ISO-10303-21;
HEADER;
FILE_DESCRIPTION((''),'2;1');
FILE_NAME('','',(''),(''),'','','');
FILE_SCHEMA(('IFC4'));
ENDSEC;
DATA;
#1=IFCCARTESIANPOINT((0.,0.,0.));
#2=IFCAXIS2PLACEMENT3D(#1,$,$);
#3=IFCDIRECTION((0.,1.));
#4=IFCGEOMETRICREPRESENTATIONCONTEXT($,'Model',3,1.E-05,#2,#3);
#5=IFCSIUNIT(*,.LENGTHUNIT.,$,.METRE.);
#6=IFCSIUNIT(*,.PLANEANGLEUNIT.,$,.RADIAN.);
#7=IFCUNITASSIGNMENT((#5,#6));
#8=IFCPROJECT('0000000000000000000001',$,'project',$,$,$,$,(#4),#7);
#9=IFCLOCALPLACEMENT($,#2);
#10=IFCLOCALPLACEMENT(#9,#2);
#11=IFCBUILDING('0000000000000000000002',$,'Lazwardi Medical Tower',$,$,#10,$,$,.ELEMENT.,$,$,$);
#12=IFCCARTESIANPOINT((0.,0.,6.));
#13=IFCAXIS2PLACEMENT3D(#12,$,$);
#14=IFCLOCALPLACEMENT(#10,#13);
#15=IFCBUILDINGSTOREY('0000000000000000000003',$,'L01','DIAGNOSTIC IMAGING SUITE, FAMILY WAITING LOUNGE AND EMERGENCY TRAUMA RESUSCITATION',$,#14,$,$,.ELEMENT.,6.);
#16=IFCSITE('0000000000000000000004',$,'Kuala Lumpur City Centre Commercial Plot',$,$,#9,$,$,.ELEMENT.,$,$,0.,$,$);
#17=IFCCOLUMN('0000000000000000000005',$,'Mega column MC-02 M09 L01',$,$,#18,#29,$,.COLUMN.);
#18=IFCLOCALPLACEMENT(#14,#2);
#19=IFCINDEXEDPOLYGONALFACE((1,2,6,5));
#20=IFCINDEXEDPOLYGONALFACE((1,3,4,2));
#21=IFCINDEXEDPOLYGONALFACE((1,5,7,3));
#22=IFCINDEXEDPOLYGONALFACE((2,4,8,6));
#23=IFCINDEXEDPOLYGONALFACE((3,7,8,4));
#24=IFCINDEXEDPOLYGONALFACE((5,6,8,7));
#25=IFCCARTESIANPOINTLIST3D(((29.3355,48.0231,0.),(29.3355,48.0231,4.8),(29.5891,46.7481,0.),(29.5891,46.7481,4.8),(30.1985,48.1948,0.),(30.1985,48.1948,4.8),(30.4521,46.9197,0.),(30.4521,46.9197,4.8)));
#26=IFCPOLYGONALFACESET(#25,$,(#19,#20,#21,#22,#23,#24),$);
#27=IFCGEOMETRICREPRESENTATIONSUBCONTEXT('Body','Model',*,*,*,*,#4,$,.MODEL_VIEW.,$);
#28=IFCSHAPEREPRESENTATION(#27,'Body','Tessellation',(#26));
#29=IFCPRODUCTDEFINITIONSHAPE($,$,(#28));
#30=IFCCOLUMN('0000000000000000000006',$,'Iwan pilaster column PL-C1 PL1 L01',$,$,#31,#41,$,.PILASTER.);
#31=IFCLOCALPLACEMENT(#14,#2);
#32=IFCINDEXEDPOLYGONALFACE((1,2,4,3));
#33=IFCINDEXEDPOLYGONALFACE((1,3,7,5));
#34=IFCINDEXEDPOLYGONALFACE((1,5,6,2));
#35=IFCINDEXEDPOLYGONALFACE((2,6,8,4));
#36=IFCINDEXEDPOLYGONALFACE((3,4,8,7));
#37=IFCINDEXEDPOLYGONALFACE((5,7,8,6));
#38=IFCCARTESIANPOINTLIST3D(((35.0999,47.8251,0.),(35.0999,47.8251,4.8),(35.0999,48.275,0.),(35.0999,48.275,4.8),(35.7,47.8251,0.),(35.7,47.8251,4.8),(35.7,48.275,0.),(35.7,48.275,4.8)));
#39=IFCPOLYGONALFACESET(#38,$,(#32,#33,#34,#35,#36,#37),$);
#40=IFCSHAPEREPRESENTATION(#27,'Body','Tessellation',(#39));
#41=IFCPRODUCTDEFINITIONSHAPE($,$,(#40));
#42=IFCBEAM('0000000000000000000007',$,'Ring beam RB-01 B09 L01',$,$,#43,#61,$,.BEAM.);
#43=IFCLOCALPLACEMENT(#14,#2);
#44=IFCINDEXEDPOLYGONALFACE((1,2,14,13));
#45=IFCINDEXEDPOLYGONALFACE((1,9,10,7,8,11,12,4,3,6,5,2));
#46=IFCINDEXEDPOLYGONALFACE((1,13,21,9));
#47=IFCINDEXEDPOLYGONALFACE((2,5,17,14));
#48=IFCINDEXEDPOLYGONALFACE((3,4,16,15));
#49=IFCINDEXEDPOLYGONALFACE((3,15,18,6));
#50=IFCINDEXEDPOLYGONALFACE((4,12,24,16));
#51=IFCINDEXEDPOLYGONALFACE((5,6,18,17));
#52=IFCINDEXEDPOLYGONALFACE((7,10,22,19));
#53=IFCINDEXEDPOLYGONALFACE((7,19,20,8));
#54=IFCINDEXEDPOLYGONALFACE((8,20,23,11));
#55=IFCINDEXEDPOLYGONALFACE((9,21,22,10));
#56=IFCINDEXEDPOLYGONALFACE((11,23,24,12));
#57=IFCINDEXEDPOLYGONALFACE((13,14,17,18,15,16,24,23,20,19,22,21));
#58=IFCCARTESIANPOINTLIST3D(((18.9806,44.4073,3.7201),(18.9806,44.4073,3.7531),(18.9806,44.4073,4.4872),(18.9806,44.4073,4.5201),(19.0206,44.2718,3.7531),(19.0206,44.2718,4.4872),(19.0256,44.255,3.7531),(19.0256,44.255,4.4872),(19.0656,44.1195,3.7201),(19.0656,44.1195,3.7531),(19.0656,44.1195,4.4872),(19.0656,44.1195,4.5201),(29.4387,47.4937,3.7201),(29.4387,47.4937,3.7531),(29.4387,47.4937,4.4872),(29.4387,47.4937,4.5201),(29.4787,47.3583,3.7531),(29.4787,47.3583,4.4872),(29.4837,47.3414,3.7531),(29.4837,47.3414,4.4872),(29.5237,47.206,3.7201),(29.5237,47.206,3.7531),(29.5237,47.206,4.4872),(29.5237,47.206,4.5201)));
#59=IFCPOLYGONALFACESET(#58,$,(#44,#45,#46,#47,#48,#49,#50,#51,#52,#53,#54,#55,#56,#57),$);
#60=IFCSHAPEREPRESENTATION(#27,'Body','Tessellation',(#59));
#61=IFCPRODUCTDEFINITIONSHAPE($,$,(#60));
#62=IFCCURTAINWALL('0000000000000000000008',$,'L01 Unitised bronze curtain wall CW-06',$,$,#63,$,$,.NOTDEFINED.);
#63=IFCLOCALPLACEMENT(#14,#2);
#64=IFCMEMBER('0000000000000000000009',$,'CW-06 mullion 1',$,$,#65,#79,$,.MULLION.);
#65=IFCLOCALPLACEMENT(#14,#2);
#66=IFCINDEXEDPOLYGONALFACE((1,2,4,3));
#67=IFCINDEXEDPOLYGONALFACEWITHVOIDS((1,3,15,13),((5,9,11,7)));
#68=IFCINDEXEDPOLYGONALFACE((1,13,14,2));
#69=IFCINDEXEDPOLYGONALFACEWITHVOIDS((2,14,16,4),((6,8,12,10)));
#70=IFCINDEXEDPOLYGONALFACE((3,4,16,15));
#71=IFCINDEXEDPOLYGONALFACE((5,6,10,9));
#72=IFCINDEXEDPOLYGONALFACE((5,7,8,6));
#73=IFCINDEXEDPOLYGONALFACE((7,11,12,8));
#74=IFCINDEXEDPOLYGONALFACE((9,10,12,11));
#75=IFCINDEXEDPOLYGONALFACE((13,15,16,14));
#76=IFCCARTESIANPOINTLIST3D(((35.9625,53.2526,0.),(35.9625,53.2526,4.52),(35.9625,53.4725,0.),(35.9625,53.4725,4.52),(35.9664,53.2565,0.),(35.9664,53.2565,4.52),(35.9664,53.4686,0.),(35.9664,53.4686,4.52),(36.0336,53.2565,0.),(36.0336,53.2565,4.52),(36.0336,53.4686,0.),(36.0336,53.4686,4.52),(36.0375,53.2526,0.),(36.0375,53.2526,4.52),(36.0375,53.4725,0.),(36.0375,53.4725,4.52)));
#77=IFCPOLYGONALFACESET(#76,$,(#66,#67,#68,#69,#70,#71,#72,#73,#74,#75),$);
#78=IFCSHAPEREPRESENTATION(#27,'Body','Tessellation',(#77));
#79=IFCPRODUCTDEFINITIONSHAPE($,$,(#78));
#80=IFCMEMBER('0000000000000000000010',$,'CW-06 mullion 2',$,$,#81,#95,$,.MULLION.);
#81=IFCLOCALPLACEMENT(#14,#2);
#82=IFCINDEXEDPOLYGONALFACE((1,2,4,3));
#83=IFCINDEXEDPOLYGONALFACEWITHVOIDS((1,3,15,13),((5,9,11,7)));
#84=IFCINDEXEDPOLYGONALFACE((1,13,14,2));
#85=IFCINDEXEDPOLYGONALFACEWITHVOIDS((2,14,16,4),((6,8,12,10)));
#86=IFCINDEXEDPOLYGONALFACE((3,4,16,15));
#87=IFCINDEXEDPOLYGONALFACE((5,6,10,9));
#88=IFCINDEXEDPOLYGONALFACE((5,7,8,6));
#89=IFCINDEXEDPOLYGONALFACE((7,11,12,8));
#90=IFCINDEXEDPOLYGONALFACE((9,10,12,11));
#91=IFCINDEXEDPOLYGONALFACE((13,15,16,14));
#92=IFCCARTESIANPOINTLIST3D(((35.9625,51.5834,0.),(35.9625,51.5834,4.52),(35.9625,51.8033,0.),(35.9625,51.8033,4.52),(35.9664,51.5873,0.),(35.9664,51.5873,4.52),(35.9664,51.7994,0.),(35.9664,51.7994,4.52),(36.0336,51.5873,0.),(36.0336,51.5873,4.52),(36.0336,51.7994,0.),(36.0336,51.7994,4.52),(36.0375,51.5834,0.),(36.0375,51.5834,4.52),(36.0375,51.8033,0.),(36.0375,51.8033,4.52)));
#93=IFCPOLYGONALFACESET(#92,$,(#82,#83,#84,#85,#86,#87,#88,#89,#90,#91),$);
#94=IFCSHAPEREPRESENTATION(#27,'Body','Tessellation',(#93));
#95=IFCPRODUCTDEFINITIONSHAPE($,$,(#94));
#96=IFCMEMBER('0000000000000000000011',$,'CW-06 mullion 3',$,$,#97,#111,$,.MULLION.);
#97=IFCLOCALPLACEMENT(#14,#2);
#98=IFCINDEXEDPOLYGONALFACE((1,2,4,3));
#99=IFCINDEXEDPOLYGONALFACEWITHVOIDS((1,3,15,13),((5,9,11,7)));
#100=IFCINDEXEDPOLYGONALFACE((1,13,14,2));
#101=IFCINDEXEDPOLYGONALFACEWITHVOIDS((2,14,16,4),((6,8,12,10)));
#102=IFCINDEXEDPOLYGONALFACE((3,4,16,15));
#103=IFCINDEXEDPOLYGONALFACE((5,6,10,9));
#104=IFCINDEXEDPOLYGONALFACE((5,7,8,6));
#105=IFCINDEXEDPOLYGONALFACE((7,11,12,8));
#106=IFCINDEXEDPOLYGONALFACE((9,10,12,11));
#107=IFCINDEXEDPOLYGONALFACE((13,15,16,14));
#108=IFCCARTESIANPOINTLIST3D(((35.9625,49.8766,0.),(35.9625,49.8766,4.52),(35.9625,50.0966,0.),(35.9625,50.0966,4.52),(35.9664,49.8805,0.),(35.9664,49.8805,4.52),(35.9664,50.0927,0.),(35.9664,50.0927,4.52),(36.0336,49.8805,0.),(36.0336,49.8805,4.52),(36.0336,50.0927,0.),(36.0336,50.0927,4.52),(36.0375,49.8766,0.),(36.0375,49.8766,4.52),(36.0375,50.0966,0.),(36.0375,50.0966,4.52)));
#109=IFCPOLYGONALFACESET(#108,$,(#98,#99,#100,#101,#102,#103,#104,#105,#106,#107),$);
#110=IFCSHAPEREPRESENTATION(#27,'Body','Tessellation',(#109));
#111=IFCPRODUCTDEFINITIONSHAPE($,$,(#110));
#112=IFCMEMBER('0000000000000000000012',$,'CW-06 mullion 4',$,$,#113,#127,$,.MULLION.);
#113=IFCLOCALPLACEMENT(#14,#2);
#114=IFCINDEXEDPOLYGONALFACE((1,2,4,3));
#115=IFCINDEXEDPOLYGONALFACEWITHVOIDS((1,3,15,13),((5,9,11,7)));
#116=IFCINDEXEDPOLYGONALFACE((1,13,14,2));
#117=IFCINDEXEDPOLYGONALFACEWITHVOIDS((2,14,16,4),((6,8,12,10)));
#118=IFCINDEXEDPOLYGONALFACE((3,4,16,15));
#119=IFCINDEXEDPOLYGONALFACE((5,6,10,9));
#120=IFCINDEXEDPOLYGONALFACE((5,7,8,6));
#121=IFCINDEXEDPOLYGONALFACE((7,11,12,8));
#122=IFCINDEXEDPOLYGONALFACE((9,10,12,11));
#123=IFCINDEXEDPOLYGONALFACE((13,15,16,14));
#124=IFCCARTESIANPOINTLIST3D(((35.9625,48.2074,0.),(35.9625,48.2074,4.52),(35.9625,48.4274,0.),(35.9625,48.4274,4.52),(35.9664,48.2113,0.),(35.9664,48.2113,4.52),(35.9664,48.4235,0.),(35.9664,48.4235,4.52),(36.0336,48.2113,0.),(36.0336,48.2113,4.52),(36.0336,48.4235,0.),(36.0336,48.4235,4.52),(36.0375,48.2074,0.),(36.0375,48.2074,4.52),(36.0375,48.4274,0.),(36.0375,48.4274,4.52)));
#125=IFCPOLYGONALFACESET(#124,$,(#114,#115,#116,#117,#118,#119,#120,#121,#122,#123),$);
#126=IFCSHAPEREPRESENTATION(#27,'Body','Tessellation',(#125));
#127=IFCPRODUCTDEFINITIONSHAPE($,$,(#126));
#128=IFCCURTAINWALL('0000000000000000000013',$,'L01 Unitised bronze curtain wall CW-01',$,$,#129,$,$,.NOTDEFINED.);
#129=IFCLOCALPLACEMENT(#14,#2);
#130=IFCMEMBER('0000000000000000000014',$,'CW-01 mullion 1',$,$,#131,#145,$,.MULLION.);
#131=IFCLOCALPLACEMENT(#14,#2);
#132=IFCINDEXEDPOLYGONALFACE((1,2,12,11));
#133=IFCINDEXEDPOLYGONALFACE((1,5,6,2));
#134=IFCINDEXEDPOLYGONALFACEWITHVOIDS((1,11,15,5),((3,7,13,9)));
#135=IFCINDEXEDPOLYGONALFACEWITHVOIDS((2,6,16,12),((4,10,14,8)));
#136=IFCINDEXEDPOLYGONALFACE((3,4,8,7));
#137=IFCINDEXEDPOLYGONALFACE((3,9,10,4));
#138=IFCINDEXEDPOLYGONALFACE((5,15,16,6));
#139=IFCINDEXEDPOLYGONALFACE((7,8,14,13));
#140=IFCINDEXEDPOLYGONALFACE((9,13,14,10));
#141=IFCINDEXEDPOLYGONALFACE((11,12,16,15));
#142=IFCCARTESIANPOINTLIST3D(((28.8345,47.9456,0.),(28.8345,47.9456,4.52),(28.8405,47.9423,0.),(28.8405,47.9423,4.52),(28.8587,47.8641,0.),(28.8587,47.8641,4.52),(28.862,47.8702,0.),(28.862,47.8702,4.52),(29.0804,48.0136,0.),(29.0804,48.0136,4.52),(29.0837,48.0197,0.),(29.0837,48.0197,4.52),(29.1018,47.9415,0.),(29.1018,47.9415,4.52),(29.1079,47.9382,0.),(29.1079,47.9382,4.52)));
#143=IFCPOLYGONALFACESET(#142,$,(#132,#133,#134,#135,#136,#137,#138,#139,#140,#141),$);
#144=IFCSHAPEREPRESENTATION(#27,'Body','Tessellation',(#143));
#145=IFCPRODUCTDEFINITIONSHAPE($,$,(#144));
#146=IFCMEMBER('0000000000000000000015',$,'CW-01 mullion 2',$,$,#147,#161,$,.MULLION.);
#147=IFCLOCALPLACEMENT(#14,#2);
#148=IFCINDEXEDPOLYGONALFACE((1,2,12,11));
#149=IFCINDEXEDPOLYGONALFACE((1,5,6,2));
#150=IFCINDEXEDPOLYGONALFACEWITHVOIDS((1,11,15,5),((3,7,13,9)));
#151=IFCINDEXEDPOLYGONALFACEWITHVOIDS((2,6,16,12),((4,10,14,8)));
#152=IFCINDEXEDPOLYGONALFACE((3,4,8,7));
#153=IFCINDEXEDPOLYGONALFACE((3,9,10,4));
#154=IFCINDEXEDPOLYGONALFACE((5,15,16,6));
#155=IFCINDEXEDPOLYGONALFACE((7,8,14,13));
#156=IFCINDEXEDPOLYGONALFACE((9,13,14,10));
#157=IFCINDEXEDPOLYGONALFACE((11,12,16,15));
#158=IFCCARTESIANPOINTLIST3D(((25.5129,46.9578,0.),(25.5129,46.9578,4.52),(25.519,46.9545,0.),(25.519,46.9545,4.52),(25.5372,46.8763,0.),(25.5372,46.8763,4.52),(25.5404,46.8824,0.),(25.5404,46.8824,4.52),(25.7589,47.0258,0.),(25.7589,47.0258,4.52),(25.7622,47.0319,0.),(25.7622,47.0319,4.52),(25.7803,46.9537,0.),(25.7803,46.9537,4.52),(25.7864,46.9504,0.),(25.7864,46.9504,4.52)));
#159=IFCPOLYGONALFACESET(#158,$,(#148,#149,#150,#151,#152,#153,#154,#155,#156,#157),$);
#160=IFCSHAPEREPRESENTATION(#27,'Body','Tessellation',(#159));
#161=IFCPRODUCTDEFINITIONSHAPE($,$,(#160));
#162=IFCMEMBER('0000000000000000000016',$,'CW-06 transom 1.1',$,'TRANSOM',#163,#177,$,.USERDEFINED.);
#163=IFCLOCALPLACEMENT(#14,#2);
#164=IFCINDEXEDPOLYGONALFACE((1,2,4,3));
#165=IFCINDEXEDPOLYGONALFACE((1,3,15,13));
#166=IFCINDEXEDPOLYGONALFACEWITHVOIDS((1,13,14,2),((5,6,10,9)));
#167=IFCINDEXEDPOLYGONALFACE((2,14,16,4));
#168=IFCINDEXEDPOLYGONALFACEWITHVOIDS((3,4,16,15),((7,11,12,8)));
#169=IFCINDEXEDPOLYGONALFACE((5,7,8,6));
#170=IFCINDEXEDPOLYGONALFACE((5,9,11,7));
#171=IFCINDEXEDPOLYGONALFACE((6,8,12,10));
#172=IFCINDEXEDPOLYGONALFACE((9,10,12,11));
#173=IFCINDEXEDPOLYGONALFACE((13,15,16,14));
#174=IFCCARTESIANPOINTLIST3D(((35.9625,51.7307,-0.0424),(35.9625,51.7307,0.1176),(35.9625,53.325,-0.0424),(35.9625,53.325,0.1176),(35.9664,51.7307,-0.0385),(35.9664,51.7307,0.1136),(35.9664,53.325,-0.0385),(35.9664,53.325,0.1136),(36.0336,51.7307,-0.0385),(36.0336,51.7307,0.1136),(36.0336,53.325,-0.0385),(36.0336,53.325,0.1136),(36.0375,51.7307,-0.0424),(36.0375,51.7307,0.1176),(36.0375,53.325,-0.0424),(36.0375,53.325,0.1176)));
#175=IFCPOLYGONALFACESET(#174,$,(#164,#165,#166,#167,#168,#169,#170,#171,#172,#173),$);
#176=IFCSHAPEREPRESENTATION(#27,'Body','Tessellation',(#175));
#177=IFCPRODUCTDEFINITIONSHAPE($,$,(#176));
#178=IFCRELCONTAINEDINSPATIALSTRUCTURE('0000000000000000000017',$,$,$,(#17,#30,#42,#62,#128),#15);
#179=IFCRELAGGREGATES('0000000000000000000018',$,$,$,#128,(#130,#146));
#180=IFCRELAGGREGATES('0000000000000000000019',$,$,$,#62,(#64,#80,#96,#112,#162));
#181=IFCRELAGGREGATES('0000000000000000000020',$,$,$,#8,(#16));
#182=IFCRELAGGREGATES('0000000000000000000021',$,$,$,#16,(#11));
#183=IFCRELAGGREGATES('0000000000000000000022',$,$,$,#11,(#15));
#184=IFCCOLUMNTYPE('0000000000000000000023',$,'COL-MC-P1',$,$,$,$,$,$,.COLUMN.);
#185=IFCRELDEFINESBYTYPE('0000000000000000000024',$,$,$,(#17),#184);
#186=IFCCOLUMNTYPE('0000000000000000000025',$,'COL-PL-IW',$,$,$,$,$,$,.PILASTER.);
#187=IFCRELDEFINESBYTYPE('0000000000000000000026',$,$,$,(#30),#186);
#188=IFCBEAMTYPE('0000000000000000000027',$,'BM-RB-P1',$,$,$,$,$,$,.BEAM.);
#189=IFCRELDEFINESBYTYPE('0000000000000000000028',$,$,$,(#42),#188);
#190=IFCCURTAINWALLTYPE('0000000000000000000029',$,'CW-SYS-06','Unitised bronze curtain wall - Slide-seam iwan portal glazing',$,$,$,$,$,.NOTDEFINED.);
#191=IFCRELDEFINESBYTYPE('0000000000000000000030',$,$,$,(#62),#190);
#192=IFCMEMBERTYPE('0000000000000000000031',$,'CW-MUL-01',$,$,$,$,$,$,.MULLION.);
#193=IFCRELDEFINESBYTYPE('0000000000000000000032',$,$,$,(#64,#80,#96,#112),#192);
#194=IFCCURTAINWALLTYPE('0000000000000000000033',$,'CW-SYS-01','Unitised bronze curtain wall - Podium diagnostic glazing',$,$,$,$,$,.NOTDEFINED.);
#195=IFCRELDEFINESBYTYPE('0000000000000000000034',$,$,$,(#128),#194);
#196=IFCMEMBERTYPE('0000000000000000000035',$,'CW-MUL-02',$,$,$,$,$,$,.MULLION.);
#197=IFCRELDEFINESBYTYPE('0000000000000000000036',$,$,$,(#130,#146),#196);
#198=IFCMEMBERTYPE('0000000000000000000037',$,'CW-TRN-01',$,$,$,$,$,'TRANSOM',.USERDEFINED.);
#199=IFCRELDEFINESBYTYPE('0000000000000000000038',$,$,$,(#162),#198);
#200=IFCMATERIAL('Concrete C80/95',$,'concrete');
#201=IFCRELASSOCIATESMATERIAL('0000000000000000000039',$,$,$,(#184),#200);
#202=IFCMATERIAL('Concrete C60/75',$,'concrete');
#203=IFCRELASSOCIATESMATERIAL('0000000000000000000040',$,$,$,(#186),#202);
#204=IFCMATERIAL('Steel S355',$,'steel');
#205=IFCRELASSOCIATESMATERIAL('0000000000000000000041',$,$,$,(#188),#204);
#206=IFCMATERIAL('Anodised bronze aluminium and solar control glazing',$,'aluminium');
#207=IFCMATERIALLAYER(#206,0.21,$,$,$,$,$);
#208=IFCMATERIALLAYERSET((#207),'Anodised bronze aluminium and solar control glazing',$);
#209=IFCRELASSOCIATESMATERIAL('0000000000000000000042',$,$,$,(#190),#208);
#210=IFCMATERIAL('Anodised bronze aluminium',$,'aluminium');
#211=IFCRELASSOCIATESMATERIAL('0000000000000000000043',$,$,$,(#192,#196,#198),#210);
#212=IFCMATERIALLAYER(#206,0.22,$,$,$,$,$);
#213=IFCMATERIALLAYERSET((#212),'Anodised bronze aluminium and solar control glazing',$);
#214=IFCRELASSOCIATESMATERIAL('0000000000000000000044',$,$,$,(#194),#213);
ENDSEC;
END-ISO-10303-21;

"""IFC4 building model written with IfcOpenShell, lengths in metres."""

from ifc_helpers import new_model, si_unit, direction, frame, origin, origin_2d, place, context, subcontext, project, spatial, rectangle, hollow_rectangle, i_section, extrude, material, layer, layer_set, material_profile, profile_set, type_object, element, aggregate, save


model = new_model("IFC4")

# Units and contexts
model_context = context("Model", 3, precision=1e-05, world=origin(), true_north=direction((0.0, 1.0)))
body_context = subcontext(model_context, "Body", "Model", "MODEL_VIEW")
ifc_project = project(units=[si_unit("LENGTHUNIT", "METRE"), si_unit("PLANEANGLEUNIT", "RADIAN")], contexts=[model_context])

# Site, building, storey
site_placement = place(None, origin())
site = spatial("IfcSite", under=ifc_project, at=site_placement, Name="Kuala Lumpur City Centre Commercial Plot", CompositionType="ELEMENT", RefElevation=0.0)
building_placement = place(site_placement, origin())
building = spatial("IfcBuilding", under=site, at=building_placement, Name="Lazwardi Medical Tower", CompositionType="ELEMENT")
storey_placement = place(building_placement, frame((0.0, 0.0, 6.0)))
storey = spatial("IfcBuildingStorey", under=building, at=storey_placement, Name="L01", Description="DIAGNOSTIC IMAGING SUITE, FAMILY WAITING LOUNGE AND EMERGENCY TRAUMA RESUSCITATION", CompositionType="ELEMENT", Elevation=6.0)

# Columns
ifc_material_1 = material(Name="Concrete C80/95", Category="concrete")
ifc_material_profile_1 = material_profile(ifc_material_1, rectangle(XDim=1.3, YDim=0.8799, at=origin_2d()), Name="CFT-RECT 1300x880")
ifc_profile_set_1 = profile_set([ifc_material_profile_1], Name="Concrete C80/95")
column_type_1 = type_object("IfcColumnType", Name="COL-MC-P1", PredefinedType="COLUMN", material=ifc_profile_set_1)
column_1_placement = place(storey_placement, frame((29.8938, 47.4714, 0.0), z_axis=(0.0, 0.0, 1.0), x_axis=(-0.19509, 0.980785, 0.0)))
element("IfcColumn", 1, at=column_1_placement, inside=storey, type_object=column_type_1, Name="Mega column MC-02 M09 L01", PredefinedType="COLUMN", context=body_context, shape_type="SweptSolid", body=[
    extrude(rectangle(XDim=1.3, YDim=0.8799, at=origin_2d()), origin(), (0.0, 0.0, 1.0), 4.8),
])
ifc_material_2 = material(Name="Concrete C60/75", Category="concrete")
ifc_material_profile_2 = material_profile(ifc_material_2, rectangle(XDim=0.6001, YDim=0.45, at=origin_2d()), Name="RC 600x450")
ifc_profile_set_2 = profile_set([ifc_material_profile_2], Name="Concrete C60/75")
column_type_2 = type_object("IfcColumnType", Name="COL-PL-IW", PredefinedType="PILASTER", material=ifc_profile_set_2)
column_2_placement = place(storey_placement, frame((35.3999, 48.05, 0.0), z_axis=(0.0, 0.0, 1.0), x_axis=(1.0, 0.0, 0.0)))
element("IfcColumn", 2, at=column_2_placement, inside=storey, type_object=column_type_2, Name="Iwan pilaster column PL-C1 PL1 L01", PredefinedType="PILASTER", context=body_context, shape_type="SweptSolid", body=[
    extrude(rectangle(XDim=0.6001, YDim=0.45, at=origin_2d()), origin(), (0.0, 0.0, 1.0), 4.8),
])

# Beam
ifc_material_3 = material(Name="Steel S355", Category="steel")
ifc_material_profile_3 = material_profile(ifc_material_3, i_section(OverallWidth=0.3, OverallDepth=0.8, WebThickness=0.0176, FlangeThickness=0.033, at=origin_2d()), Name="HEB 800")
ifc_profile_set_3 = profile_set([ifc_material_profile_3], Name="Steel S355")
beam_type = type_object("IfcBeamType", Name="BM-RB-P1", PredefinedType="BEAM", material=ifc_profile_set_3)
beam_placement = place(storey_placement, frame((29.4812, 47.3499, 4.1201), z_axis=(-0.959103, -0.283056, 0.0), x_axis=(0.283056, -0.959103, 0.0)))
element("IfcBeam", 3, at=beam_placement, inside=storey, type_object=beam_type, Name="Ring beam RB-01 B09 L01", PredefinedType="BEAM", context=body_context, shape_type="SweptSolid", body=[
    extrude(i_section(OverallWidth=0.3, OverallDepth=0.8, WebThickness=0.0176, FlangeThickness=0.033, at=origin_2d()), origin(), (0.0, 0.0, 1.0), 10.9041),
])

# Curtain walls, members
ifc_material_4 = material(Name="Anodised bronze aluminium and solar control glazing", Category="aluminium")
ifc_layer_1 = layer(ifc_material_4, 0.21)
ifc_layer_set_1 = layer_set([ifc_layer_1], Name="Anodised bronze aluminium and solar control glazing")
curtain_wall_type_1 = type_object("IfcCurtainWallType", Name="CW-SYS-06", Description="Unitised bronze curtain wall - Slide-seam iwan portal glazing", PredefinedType="NOTDEFINED", material=ifc_layer_set_1)
curtain_wall_1_placement = place(storey_placement, origin())
curtain_wall_1 = element("IfcCurtainWall", 4, at=curtain_wall_1_placement, inside=storey, type_object=curtain_wall_type_1, Name="L01 Unitised bronze curtain wall CW-06", PredefinedType="NOTDEFINED")
ifc_material_5 = material(Name="Anodised bronze aluminium", Category="aluminium")
ifc_material_profile_4 = material_profile(ifc_material_5, hollow_rectangle(XDim=0.075, YDim=0.22, WallThickness=0.0039, at=origin_2d()), Name="ALU-MULLION 220x75x4")
ifc_profile_set_4 = profile_set([ifc_material_profile_4], Name="Anodised bronze aluminium")
member_type_1 = type_object("IfcMemberType", Name="CW-MUL-01", PredefinedType="MULLION", material=ifc_profile_set_4)
member_1_placement = place(storey_placement, frame((36.0, 53.3625, 0.0), z_axis=(0.0, 0.0, 1.0), x_axis=(1.0, 0.0, 0.0)))
member_1 = element("IfcMember", 5, at=member_1_placement, type_object=member_type_1, Name="CW-06 mullion 1", PredefinedType="MULLION", context=body_context, shape_type="SweptSolid", body=[
    extrude(hollow_rectangle(XDim=0.075, YDim=0.22, WallThickness=0.0039, at=origin_2d()), origin(), (0.0, 0.0, 1.0), 4.52),
])
member_2_placement = place(storey_placement, frame((36.0, 51.6934, 0.0), z_axis=(0.0, 0.0, 1.0), x_axis=(1.0, 0.0, 0.0)))
member_2 = element("IfcMember", 6, at=member_2_placement, type_object=member_type_1, Name="CW-06 mullion 2", PredefinedType="MULLION", context=body_context, shape_type="SweptSolid", body=[
    extrude(hollow_rectangle(XDim=0.075, YDim=0.22, WallThickness=0.0039, at=origin_2d()), origin(), (0.0, 0.0, 1.0), 4.52),
])
member_3_placement = place(storey_placement, frame((36.0, 49.9866, 0.0), z_axis=(0.0, 0.0, 1.0), x_axis=(1.0, 0.0, 0.0)))
member_3 = element("IfcMember", 7, at=member_3_placement, type_object=member_type_1, Name="CW-06 mullion 3", PredefinedType="MULLION", context=body_context, shape_type="SweptSolid", body=[
    extrude(hollow_rectangle(XDim=0.075, YDim=0.22, WallThickness=0.0039, at=origin_2d()), origin(), (0.0, 0.0, 1.0), 4.52),
])
member_4_placement = place(storey_placement, frame((36.0, 48.3174, 0.0), z_axis=(0.0, 0.0, 1.0), x_axis=(1.0, 0.0, 0.0)))
member_4 = element("IfcMember", 8, at=member_4_placement, type_object=member_type_1, Name="CW-06 mullion 4", PredefinedType="MULLION", context=body_context, shape_type="SweptSolid", body=[
    extrude(hollow_rectangle(XDim=0.075, YDim=0.22, WallThickness=0.0039, at=origin_2d()), origin(), (0.0, 0.0, 1.0), 4.52),
])
ifc_layer_2 = layer(ifc_material_4, 0.22)
ifc_layer_set_2 = layer_set([ifc_layer_2], Name="Anodised bronze aluminium and solar control glazing")
curtain_wall_type_2 = type_object("IfcCurtainWallType", Name="CW-SYS-01", Description="Unitised bronze curtain wall - Podium diagnostic glazing", PredefinedType="NOTDEFINED", material=ifc_layer_set_2)
curtain_wall_2_placement = place(storey_placement, origin())
curtain_wall_2 = element("IfcCurtainWall", 9, at=curtain_wall_2_placement, inside=storey, type_object=curtain_wall_type_2, Name="L01 Unitised bronze curtain wall CW-01", PredefinedType="NOTDEFINED")
ifc_material_profile_5 = material_profile(ifc_material_5, hollow_rectangle(XDim=0.085, YDim=0.26, WallThickness=0.0049, at=origin_2d()), Name="ALU-MULLION 260x85x5")
ifc_profile_set_5 = profile_set([ifc_material_profile_5], Name="Anodised bronze aluminium")
member_type_2 = type_object("IfcMemberType", Name="CW-MUL-02", PredefinedType="MULLION", material=ifc_profile_set_5)
member_5_placement = place(storey_placement, frame((28.9712, 47.9419, 0.0), z_axis=(0.0, 0.0, 1.0), x_axis=(0.285047, -0.958513, 0.0)))
member_5 = element("IfcMember", 10, at=member_5_placement, type_object=member_type_2, Name="CW-01 mullion 1", PredefinedType="MULLION", context=body_context, shape_type="SweptSolid", body=[
    extrude(hollow_rectangle(XDim=0.085, YDim=0.26, WallThickness=0.0049, at=origin_2d()), origin(), (0.0, 0.0, 1.0), 4.52),
])
member_6_placement = place(storey_placement, frame((25.6497, 46.9541, 0.0), z_axis=(0.0, 0.0, 1.0), x_axis=(0.285047, -0.958513, 0.0)))
member_6 = element("IfcMember", 11, at=member_6_placement, type_object=member_type_2, Name="CW-01 mullion 2", PredefinedType="MULLION", context=body_context, shape_type="SweptSolid", body=[
    extrude(hollow_rectangle(XDim=0.085, YDim=0.26, WallThickness=0.0049, at=origin_2d()), origin(), (0.0, 0.0, 1.0), 4.52),
])

# Member
ifc_material_profile_6 = material_profile(ifc_material_5, hollow_rectangle(XDim=0.075, YDim=0.1599, WallThickness=0.0039, at=origin_2d()), Name="ALU-TRANSOM 160x75x4")
ifc_profile_set_6 = profile_set([ifc_material_profile_6], Name="Anodised bronze aluminium")
member_type_3 = type_object("IfcMemberType", Name="CW-TRN-01", ElementType="TRANSOM", PredefinedType="USERDEFINED", material=ifc_profile_set_6)
member_7_placement = place(storey_placement, frame((36.0, 53.325, 0.0376), z_axis=(0.0, -1.0, 0.0), x_axis=(1.0, 0.0, 0.0)))
member_7 = element("IfcMember", 12, at=member_7_placement, type_object=member_type_3, Name="CW-06 transom 1.1", ObjectType="TRANSOM", PredefinedType="USERDEFINED", context=body_context, shape_type="SweptSolid", body=[
    extrude(hollow_rectangle(XDim=0.075, YDim=0.1599, WallThickness=0.0039, at=origin_2d()), origin(), (0.0, 0.0, 1.0), 1.5942),
])

aggregate(curtain_wall_2, [member_5, member_6])
aggregate(curtain_wall_1, [member_1, member_2, member_3, member_4, member_7])

save(model, "model.ifc")
